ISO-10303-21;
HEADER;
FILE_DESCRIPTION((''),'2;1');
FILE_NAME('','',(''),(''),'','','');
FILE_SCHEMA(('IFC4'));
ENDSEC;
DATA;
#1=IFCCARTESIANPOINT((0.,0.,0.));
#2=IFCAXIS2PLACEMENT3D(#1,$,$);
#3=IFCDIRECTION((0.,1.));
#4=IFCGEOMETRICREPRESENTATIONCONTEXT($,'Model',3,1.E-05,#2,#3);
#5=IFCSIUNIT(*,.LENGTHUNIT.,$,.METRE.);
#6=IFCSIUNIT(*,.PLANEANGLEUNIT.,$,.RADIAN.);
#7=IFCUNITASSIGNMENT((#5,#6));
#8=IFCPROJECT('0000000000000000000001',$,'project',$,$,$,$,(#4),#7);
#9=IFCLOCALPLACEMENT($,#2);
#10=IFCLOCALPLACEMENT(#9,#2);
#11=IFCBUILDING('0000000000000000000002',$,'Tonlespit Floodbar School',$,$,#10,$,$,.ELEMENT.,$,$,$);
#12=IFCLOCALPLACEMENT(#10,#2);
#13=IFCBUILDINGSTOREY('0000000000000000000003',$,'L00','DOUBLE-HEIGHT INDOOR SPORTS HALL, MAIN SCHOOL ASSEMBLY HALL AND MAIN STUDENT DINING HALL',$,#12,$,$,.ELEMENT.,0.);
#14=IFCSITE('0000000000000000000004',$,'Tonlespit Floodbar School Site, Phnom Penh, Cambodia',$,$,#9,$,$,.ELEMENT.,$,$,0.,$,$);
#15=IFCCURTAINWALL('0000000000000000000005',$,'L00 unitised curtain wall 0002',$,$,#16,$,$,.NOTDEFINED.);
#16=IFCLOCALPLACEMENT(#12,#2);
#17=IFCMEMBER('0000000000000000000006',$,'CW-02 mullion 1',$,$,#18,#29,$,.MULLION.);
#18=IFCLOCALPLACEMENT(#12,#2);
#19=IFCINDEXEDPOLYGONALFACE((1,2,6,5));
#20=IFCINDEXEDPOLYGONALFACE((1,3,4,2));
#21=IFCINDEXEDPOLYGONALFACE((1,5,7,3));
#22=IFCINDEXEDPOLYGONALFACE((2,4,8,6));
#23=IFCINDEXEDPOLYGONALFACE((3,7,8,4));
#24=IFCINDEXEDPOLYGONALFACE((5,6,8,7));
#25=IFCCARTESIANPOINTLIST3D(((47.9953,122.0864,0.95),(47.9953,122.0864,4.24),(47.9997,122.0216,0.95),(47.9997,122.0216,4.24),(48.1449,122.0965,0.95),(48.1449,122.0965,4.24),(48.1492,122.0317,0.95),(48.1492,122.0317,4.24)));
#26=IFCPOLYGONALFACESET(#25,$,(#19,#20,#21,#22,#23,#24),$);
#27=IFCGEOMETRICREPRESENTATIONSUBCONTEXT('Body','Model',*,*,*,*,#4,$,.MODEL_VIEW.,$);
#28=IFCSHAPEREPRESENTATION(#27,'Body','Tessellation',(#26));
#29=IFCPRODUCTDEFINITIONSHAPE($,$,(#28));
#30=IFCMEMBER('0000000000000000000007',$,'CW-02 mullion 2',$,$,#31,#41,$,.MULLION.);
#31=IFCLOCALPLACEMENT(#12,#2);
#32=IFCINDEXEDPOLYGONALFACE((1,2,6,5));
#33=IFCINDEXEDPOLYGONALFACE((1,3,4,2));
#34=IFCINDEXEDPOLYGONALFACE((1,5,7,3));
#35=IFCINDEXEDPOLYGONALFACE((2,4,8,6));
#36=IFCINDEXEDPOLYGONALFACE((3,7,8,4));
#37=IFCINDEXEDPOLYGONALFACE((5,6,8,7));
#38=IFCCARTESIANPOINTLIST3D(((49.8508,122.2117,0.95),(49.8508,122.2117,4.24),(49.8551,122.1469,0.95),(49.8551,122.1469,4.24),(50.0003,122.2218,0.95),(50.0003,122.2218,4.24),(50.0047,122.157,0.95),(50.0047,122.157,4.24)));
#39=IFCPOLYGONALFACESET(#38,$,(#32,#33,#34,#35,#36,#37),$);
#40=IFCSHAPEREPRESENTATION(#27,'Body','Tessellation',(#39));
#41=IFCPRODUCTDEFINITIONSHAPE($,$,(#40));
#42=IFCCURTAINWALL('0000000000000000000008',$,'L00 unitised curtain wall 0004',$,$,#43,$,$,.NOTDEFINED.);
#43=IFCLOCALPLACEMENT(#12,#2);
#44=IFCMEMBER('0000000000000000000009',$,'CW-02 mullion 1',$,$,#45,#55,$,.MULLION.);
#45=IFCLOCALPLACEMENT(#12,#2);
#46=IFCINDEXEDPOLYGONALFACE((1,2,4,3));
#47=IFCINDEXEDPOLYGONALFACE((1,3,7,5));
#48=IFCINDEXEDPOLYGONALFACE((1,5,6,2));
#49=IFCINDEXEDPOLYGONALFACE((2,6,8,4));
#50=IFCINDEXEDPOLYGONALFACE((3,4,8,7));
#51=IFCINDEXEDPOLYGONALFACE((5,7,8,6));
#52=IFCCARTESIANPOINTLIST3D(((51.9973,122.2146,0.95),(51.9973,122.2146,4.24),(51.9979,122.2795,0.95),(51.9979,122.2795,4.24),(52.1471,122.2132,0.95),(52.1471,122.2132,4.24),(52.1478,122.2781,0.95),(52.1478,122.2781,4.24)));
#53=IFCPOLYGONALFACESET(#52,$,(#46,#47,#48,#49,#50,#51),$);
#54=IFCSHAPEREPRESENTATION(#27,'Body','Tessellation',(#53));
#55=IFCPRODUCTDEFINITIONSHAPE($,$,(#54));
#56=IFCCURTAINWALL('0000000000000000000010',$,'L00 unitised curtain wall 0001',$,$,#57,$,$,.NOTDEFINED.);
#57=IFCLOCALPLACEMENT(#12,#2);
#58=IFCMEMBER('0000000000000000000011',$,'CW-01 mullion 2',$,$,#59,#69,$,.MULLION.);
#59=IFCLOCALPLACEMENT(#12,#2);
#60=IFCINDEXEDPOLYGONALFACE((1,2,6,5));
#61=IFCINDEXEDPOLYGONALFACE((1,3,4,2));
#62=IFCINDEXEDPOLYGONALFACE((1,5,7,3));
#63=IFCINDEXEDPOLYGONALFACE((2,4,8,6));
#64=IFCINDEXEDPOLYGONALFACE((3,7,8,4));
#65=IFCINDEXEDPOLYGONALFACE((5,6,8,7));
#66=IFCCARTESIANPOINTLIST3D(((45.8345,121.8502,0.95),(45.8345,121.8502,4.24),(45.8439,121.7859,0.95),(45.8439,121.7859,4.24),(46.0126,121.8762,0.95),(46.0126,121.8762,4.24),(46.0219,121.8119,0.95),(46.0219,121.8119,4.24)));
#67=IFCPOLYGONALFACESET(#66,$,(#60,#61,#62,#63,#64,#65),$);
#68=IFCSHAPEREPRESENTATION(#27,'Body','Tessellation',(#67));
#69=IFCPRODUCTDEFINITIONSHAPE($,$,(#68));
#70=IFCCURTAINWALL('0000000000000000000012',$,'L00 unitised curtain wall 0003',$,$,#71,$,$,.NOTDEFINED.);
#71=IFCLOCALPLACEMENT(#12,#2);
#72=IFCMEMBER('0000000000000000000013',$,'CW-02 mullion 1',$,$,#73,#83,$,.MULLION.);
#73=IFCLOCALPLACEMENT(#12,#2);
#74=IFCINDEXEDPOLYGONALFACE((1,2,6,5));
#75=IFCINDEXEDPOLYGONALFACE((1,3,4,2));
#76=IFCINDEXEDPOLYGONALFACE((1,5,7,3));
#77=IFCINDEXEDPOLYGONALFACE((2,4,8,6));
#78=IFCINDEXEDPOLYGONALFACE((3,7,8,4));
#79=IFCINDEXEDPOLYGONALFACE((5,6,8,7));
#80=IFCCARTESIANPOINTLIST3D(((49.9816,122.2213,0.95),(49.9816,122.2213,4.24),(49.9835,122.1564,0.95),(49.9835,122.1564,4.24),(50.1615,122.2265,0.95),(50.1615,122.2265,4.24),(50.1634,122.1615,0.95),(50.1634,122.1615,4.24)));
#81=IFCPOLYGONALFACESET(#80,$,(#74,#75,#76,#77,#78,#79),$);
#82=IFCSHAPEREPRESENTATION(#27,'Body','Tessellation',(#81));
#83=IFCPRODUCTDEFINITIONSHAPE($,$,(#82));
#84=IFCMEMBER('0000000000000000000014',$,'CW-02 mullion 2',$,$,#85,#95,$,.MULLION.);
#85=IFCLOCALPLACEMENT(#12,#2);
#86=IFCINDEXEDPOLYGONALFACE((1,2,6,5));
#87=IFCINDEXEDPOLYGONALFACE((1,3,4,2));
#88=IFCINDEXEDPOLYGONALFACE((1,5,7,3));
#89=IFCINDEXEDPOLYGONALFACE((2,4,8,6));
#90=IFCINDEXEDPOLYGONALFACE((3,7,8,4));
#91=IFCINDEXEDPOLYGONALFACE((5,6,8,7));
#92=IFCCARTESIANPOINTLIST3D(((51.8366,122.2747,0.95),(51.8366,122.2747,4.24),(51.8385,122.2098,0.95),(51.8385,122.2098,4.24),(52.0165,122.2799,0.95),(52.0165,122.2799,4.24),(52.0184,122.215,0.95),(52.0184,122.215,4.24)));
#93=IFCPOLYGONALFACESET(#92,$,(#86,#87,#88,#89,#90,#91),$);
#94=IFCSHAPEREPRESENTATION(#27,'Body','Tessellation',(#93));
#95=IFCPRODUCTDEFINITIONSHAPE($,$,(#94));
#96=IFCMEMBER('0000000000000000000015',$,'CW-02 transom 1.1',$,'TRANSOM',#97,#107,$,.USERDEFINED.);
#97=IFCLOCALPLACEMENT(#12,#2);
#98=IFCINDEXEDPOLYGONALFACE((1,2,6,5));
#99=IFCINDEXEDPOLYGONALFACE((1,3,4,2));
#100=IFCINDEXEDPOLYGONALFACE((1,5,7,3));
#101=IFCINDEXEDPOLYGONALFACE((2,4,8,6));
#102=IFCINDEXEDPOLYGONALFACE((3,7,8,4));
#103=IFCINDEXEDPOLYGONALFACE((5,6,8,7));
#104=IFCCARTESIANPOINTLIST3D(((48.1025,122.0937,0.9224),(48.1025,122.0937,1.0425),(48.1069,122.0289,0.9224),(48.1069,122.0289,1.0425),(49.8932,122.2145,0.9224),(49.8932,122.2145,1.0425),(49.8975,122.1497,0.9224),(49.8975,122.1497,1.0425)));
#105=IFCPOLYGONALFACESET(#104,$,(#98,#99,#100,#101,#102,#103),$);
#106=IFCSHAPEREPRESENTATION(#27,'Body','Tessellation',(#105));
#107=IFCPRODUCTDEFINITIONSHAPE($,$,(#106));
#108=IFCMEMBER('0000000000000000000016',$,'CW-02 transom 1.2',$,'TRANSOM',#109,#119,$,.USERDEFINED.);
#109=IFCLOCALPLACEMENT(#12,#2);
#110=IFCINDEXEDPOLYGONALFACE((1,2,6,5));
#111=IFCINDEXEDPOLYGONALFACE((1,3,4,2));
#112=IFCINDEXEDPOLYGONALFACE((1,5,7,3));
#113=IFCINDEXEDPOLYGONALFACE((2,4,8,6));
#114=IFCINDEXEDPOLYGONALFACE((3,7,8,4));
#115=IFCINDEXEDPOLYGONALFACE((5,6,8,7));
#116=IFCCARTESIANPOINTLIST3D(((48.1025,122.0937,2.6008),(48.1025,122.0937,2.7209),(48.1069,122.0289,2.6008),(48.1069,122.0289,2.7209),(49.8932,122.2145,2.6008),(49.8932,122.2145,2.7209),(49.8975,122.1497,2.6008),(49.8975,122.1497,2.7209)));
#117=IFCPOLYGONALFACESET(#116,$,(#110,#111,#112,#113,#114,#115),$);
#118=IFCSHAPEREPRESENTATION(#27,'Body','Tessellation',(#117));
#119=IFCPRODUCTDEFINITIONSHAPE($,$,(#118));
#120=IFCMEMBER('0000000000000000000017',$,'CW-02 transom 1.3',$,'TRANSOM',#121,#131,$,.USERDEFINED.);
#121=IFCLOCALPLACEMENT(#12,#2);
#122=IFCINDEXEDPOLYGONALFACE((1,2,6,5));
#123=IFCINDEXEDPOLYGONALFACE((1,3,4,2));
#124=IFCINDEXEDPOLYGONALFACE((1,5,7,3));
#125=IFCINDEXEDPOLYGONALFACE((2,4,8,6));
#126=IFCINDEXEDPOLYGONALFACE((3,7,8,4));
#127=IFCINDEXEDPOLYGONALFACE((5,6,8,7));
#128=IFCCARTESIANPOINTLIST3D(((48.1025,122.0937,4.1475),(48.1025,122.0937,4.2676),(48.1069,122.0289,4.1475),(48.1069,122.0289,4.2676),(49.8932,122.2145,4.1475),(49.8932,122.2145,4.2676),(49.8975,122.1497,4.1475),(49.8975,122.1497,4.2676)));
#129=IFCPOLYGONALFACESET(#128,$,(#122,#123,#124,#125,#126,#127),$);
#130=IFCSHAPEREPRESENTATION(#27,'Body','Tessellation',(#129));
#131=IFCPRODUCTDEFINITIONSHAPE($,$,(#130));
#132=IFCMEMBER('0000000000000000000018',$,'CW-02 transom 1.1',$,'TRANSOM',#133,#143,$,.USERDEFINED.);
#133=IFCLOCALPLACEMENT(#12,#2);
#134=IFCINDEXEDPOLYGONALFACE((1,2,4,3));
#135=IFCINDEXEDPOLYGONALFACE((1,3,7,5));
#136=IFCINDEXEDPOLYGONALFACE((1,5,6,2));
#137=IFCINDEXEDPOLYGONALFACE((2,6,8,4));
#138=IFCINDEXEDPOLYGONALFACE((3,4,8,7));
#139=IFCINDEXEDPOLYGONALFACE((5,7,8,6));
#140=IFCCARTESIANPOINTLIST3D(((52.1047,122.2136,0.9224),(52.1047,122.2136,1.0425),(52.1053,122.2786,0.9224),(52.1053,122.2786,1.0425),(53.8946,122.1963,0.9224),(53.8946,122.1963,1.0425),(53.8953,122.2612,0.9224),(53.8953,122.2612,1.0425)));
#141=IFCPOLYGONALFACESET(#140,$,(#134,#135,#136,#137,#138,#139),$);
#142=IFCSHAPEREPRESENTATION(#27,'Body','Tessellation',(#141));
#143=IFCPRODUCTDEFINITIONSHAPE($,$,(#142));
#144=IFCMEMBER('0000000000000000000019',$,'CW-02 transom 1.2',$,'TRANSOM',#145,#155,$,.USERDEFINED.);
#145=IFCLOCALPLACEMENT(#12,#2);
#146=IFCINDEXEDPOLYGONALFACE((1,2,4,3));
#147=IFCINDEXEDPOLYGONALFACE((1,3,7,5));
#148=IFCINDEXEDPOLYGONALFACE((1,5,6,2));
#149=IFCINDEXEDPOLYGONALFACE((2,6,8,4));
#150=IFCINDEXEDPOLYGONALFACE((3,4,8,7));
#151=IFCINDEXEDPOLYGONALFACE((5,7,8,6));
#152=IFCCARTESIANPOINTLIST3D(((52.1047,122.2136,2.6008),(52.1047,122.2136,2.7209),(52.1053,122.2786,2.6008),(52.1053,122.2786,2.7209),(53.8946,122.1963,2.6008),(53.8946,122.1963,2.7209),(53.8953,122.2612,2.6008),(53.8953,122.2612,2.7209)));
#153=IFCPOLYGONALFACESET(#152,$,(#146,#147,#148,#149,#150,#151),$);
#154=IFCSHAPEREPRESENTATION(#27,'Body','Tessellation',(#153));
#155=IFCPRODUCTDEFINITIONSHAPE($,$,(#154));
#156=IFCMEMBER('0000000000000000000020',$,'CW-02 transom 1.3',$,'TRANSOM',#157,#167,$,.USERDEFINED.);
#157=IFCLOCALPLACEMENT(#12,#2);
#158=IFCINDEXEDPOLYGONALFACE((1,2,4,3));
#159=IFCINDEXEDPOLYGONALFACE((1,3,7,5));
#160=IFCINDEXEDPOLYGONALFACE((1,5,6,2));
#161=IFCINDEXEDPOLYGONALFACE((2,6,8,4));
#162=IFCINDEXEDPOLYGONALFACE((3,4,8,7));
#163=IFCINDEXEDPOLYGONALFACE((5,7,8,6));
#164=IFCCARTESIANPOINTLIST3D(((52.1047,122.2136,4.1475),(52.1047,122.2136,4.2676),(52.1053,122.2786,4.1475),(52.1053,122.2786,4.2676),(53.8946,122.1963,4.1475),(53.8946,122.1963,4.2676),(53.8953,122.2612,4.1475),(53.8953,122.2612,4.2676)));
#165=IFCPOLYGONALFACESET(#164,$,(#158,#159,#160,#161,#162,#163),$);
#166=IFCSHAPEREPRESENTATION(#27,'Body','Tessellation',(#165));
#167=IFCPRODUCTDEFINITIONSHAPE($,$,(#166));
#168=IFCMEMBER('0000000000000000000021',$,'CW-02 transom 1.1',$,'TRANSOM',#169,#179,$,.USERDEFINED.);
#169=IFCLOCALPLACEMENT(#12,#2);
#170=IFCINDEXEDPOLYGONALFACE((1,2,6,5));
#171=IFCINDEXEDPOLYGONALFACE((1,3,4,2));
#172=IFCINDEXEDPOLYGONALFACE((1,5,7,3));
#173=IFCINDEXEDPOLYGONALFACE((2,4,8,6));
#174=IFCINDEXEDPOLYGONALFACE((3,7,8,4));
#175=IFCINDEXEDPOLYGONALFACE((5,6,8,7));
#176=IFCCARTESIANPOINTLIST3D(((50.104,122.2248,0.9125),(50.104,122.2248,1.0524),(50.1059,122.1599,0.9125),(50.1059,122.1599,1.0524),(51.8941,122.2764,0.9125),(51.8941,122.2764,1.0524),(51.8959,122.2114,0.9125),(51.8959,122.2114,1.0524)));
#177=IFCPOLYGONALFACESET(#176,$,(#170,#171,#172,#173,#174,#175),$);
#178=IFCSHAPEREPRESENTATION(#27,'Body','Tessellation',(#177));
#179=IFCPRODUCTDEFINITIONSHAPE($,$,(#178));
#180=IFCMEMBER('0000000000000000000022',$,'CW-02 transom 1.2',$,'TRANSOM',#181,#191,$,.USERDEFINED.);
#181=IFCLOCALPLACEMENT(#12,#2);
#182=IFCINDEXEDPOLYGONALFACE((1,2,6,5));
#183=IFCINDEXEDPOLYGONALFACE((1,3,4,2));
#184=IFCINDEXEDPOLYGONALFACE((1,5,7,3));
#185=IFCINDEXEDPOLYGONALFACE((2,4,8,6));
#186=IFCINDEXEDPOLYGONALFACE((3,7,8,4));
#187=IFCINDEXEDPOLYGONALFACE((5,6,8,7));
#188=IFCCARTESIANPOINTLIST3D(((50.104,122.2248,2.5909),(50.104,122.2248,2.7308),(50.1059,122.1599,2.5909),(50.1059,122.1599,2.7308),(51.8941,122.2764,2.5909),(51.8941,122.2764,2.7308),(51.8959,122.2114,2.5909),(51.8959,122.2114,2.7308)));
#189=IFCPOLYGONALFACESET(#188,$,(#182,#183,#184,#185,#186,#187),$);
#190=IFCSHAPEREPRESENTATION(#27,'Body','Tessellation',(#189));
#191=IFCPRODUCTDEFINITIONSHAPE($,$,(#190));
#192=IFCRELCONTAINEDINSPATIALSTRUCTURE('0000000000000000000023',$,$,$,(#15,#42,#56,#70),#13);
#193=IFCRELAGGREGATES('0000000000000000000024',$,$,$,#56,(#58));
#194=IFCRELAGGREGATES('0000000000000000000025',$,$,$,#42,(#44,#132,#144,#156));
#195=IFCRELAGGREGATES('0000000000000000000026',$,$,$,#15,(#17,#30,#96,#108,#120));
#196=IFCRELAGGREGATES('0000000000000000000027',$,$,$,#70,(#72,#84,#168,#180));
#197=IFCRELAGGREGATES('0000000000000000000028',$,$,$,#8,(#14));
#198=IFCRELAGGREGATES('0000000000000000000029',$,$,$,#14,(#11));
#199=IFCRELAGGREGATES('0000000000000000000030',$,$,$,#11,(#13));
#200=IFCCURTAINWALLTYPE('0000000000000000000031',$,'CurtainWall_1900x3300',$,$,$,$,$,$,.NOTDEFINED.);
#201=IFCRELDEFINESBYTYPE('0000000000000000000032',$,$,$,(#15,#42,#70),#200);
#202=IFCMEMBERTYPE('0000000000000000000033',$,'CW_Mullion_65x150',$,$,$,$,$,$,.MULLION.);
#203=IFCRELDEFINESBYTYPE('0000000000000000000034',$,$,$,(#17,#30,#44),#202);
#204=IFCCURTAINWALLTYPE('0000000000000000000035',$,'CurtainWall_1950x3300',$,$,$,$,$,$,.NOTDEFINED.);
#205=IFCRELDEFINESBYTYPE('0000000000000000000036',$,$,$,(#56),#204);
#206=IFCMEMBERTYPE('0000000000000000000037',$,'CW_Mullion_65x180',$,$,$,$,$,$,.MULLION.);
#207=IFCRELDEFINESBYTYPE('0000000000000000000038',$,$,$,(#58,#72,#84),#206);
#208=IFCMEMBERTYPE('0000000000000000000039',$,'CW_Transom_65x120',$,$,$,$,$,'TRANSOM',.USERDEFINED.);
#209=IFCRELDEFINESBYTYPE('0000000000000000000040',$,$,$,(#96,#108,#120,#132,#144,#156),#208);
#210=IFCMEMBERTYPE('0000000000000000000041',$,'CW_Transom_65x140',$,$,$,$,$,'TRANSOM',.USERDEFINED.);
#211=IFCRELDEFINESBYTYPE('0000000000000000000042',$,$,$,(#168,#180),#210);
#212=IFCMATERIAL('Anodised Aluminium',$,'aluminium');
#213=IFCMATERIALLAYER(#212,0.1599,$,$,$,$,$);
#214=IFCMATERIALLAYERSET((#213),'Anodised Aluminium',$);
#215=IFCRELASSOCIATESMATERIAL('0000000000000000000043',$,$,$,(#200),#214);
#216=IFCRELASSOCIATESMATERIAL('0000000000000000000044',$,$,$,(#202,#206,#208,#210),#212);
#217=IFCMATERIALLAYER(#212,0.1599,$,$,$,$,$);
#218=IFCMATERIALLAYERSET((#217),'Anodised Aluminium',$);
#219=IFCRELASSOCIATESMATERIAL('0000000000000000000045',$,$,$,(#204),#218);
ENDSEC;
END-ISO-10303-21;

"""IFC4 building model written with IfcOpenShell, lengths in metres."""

from ifc_helpers import new_model, si_unit, direction, frame, origin, origin_2d, place, context, subcontext, project, spatial, rectangle, extrude, material, layer, layer_set, material_profile, profile_set, type_object, element, aggregate, save


model = new_model("IFC4")

# Units and contexts
model_context = context("Model", 3, precision=1e-05, world=origin(), true_north=direction((0.0, 1.0)))
body_context = subcontext(model_context, "Body", "Model", "MODEL_VIEW")
ifc_project = project(units=[si_unit("LENGTHUNIT", "METRE"), si_unit("PLANEANGLEUNIT", "RADIAN")], contexts=[model_context])

# Site, building, storey
site_placement = place(None, origin())
site = spatial("IfcSite", under=ifc_project, at=site_placement, Name="Tonlespit Floodbar School Site, Phnom Penh, Cambodia", CompositionType="ELEMENT", RefElevation=0.0)
building_placement = place(site_placement, origin())
building = spatial("IfcBuilding", under=site, at=building_placement, Name="Tonlespit Floodbar School", CompositionType="ELEMENT")
storey_placement = place(building_placement, origin())
storey = spatial("IfcBuildingStorey", under=building, at=storey_placement, Name="L00", Description="DOUBLE-HEIGHT INDOOR SPORTS HALL, MAIN SCHOOL ASSEMBLY HALL AND MAIN STUDENT DINING HALL", CompositionType="ELEMENT", Elevation=0.0)

# Curtain wall, members
ifc_material_1 = material(Name="Anodised Aluminium", Category="aluminium")
ifc_layer_1 = layer(ifc_material_1, 0.1599)
ifc_layer_set_1 = layer_set([ifc_layer_1], Name="Anodised Aluminium")
curtain_wall_type_1 = type_object("IfcCurtainWallType", Name="CurtainWall_1900x3300", PredefinedType="NOTDEFINED", material=ifc_layer_set_1)
curtain_wall_1_placement = place(storey_placement, origin())
curtain_wall_1 = element("IfcCurtainWall", 1, at=curtain_wall_1_placement, inside=storey, type_object=curtain_wall_type_1, Name="L00 unitised curtain wall 0002", PredefinedType="NOTDEFINED")
ifc_material_profile_1 = material_profile(ifc_material_1, rectangle(XDim=0.0649, YDim=0.1499, at=origin_2d()), Name="ALU M65x150")
ifc_profile_set_1 = profile_set([ifc_material_profile_1], Name="Anodised Aluminium")
member_type_1 = type_object("IfcMemberType", Name="CW_Mullion_65x150", PredefinedType="MULLION", material=ifc_profile_set_1)
member_1_placement = place(storey_placement, frame((48.0723, 122.0591, 0.95), z_axis=(0.0, 0.0, 1.0), x_axis=(-0.06734, 0.99773, 0.0)))
member_1 = element("IfcMember", 2, at=member_1_placement, type_object=member_type_1, Name="CW-02 mullion 1", PredefinedType="MULLION", context=body_context, shape_type="SweptSolid", body=[
    extrude(rectangle(XDim=0.0649, YDim=0.1499, at=origin_2d()), origin(), (0.0, 0.0, 1.0), 3.29),
])
member_2_placement = place(storey_placement, frame((49.9277, 122.1843, 0.95), z_axis=(0.0, 0.0, 1.0), x_axis=(-0.06734, 0.99773, 0.0)))
member_2 = element("IfcMember", 3, at=member_2_placement, type_object=member_type_1, Name="CW-02 mullion 2", PredefinedType="MULLION", context=body_context, shape_type="SweptSolid", body=[
    extrude(rectangle(XDim=0.0649, YDim=0.1499, at=origin_2d()), origin(), (0.0, 0.0, 1.0), 3.29),
])

# Curtain walls, members
curtain_wall_2_placement = place(storey_placement, origin())
curtain_wall_2 = element("IfcCurtainWall", 4, at=curtain_wall_2_placement, inside=storey, type_object=curtain_wall_type_1, Name="L00 unitised curtain wall 0004", PredefinedType="NOTDEFINED")
member_3_placement = place(storey_placement, frame((52.0725, 122.2463, 0.95), z_axis=(0.0, 0.0, 1.0), x_axis=(0.009583, 0.999954, 0.0)))
member_3 = element("IfcMember", 5, at=member_3_placement, type_object=member_type_1, Name="CW-02 mullion 1", PredefinedType="MULLION", context=body_context, shape_type="SweptSolid", body=[
    extrude(rectangle(XDim=0.0649, YDim=0.1499, at=origin_2d()), origin(), (0.0, 0.0, 1.0), 3.29),
])
ifc_layer_2 = layer(ifc_material_1, 0.1599)
ifc_layer_set_2 = layer_set([ifc_layer_2], Name="Anodised Aluminium")
curtain_wall_type_2 = type_object("IfcCurtainWallType", Name="CurtainWall_1950x3300", PredefinedType="NOTDEFINED", material=ifc_layer_set_2)
curtain_wall_3_placement = place(storey_placement, origin())
curtain_wall_3 = element("IfcCurtainWall", 6, at=curtain_wall_3_placement, inside=storey, type_object=curtain_wall_type_2, Name="L00 unitised curtain wall 0001", PredefinedType="NOTDEFINED")
ifc_material_profile_2 = material_profile(ifc_material_1, rectangle(XDim=0.0649, YDim=0.1799, at=origin_2d()), Name="ALU M65x180")
ifc_profile_set_2 = profile_set([ifc_material_profile_2], Name="Anodised Aluminium")
member_type_2 = type_object("IfcMemberType", Name="CW_Mullion_65x180", PredefinedType="MULLION", material=ifc_profile_set_2)
member_4_placement = place(storey_placement, frame((45.9282, 121.8311, 0.95), z_axis=(0.0, 0.0, 1.0), x_axis=(-0.144248, 0.989542, 0.0)))
member_4 = element("IfcMember", 7, at=member_4_placement, type_object=member_type_2, Name="CW-01 mullion 2", PredefinedType="MULLION", context=body_context, shape_type="SweptSolid", body=[
    extrude(rectangle(XDim=0.0649, YDim=0.1799, at=origin_2d()), origin(), (0.0, 0.0, 1.0), 3.29),
])
aggregate(curtain_wall_3, [member_4])

# Curtain wall, members
curtain_wall_4_placement = place(storey_placement, origin())
curtain_wall_4 = element("IfcCurtainWall", 8, at=curtain_wall_4_placement, inside=storey, type_object=curtain_wall_type_1, Name="L00 unitised curtain wall 0003", PredefinedType="NOTDEFINED")
member_5_placement = place(storey_placement, frame((50.0725, 122.1914, 0.95), z_axis=(0.0, 0.0, 1.0), x_axis=(-0.02879, 0.999585, 0.0)))
member_5 = element("IfcMember", 9, at=member_5_placement, type_object=member_type_2, Name="CW-02 mullion 1", PredefinedType="MULLION", context=body_context, shape_type="SweptSolid", body=[
    extrude(rectangle(XDim=0.0649, YDim=0.1799, at=origin_2d()), origin(), (0.0, 0.0, 1.0), 3.29),
])
member_6_placement = place(storey_placement, frame((51.9275, 122.2449, 0.95), z_axis=(0.0, 0.0, 1.0), x_axis=(-0.02879, 0.999585, 0.0)))
member_6 = element("IfcMember", 10, at=member_6_placement, type_object=member_type_2, Name="CW-02 mullion 2", PredefinedType="MULLION", context=body_context, shape_type="SweptSolid", body=[
    extrude(rectangle(XDim=0.0649, YDim=0.1799, at=origin_2d()), origin(), (0.0, 0.0, 1.0), 3.29),
])

# Members
ifc_material_profile_3 = material_profile(ifc_material_1, rectangle(XDim=0.0649, YDim=0.1201, at=origin_2d()), Name="ALU T65x120")
ifc_profile_set_3 = profile_set([ifc_material_profile_3], Name="Anodised Aluminium")
member_type_3 = type_object("IfcMemberType", Name="CW_Transom_65x120", ElementType="TRANSOM", PredefinedType="USERDEFINED", material=ifc_profile_set_3)
member_7_placement = place(storey_placement, frame((48.1047, 122.0613, 0.9824), z_axis=(0.99773, 0.067341, 0.0), x_axis=(-0.067341, 0.99773, 0.0)))
member_7 = element("IfcMember", 11, at=member_7_placement, type_object=member_type_3, Name="CW-02 transom 1.1", ObjectType="TRANSOM", PredefinedType="USERDEFINED", context=body_context, shape_type="SweptSolid", body=[
    extrude(rectangle(XDim=0.0649, YDim=0.1201, at=origin_2d()), origin(), (0.0, 0.0, 1.0), 1.7947),
])
member_8_placement = place(storey_placement, frame((48.1047, 122.0613, 2.6609), z_axis=(0.99773, 0.067341, 0.0), x_axis=(-0.067341, 0.99773, 0.0)))
member_8 = element("IfcMember", 12, at=member_8_placement, type_object=member_type_3, Name="CW-02 transom 1.2", ObjectType="TRANSOM", PredefinedType="USERDEFINED", context=body_context, shape_type="SweptSolid", body=[
    extrude(rectangle(XDim=0.0649, YDim=0.1201, at=origin_2d()), origin(), (0.0, 0.0, 1.0), 1.7947),
])
member_9_placement = place(storey_placement, frame((48.1047, 122.0613, 4.2075), z_axis=(0.99773, 0.067341, 0.0), x_axis=(-0.067341, 0.99773, 0.0)))
member_9 = element("IfcMember", 13, at=member_9_placement, type_object=member_type_3, Name="CW-02 transom 1.3", ObjectType="TRANSOM", PredefinedType="USERDEFINED", context=body_context, shape_type="SweptSolid", body=[
    extrude(rectangle(XDim=0.0649, YDim=0.1201, at=origin_2d()), origin(), (0.0, 0.0, 1.0), 1.7947),
])
member_10_placement = place(storey_placement, frame((52.105, 122.2461, 0.9824), z_axis=(0.999953, -0.009683, 0.0), x_axis=(0.009683, 0.999953, 0.0)))
member_10 = element("IfcMember", 14, at=member_10_placement, type_object=member_type_3, Name="CW-02 transom 1.1", ObjectType="TRANSOM", PredefinedType="USERDEFINED", context=body_context, shape_type="SweptSolid", body=[
    extrude(rectangle(XDim=0.0649, YDim=0.1201, at=origin_2d()), origin(), (0.0, 0.0, 1.0), 1.79),
])
member_11_placement = place(storey_placement, frame((52.105, 122.2461, 2.6609), z_axis=(0.999953, -0.009683, 0.0), x_axis=(0.009683, 0.999953, 0.0)))
member_11 = element("IfcMember", 15, at=member_11_placement, type_object=member_type_3, Name="CW-02 transom 1.2", ObjectType="TRANSOM", PredefinedType="USERDEFINED", context=body_context, shape_type="SweptSolid", body=[
    extrude(rectangle(XDim=0.0649, YDim=0.1201, at=origin_2d()), origin(), (0.0, 0.0, 1.0), 1.79),
])
member_12_placement = place(storey_placement, frame((52.105, 122.2461, 4.2075), z_axis=(0.999953, -0.009683, 0.0), x_axis=(0.009683, 0.999953, 0.0)))
member_12 = element("IfcMember", 16, at=member_12_placement, type_object=member_type_3, Name="CW-02 transom 1.3", ObjectType="TRANSOM", PredefinedType="USERDEFINED", context=body_context, shape_type="SweptSolid", body=[
    extrude(rectangle(XDim=0.0649, YDim=0.1201, at=origin_2d()), origin(), (0.0, 0.0, 1.0), 1.79),
])
aggregate(curtain_wall_2, [member_3, member_10, member_11, member_12])
ifc_material_profile_4 = material_profile(ifc_material_1, rectangle(XDim=0.0649, YDim=0.1399, at=origin_2d()), Name="ALU T65x140")
ifc_profile_set_4 = profile_set([ifc_material_profile_4], Name="Anodised Aluminium")
member_type_4 = type_object("IfcMemberType", Name="CW_Transom_65x140", ElementType="TRANSOM", PredefinedType="USERDEFINED", material=ifc_profile_set_4)
member_13_placement = place(storey_placement, frame((50.105, 122.1924, 0.9824), z_axis=(0.999586, 0.028766, 0.0), x_axis=(-0.028766, 0.999586, 0.0)))
member_13 = element("IfcMember", 17, at=member_13_placement, type_object=member_type_4, Name="CW-02 transom 1.1", ObjectType="TRANSOM", PredefinedType="USERDEFINED", context=body_context, shape_type="SweptSolid", body=[
    extrude(rectangle(XDim=0.0649, YDim=0.1399, at=origin_2d()), origin(), (0.0, 0.0, 1.0), 1.7908),
])
member_14_placement = place(storey_placement, frame((50.105, 122.1924, 2.6609), z_axis=(0.999586, 0.028766, 0.0), x_axis=(-0.028766, 0.999586, 0.0)))
member_14 = element("IfcMember", 18, at=member_14_placement, type_object=member_type_4, Name="CW-02 transom 1.2", ObjectType="TRANSOM", PredefinedType="USERDEFINED", context=body_context, shape_type="SweptSolid", body=[
    extrude(rectangle(XDim=0.0649, YDim=0.1399, at=origin_2d()), origin(), (0.0, 0.0, 1.0), 1.7908),
])

aggregate(curtain_wall_1, [member_1, member_2, member_7, member_8, member_9])
aggregate(curtain_wall_4, [member_5, member_6, member_13, member_14])

save(model, "model.ifc")
